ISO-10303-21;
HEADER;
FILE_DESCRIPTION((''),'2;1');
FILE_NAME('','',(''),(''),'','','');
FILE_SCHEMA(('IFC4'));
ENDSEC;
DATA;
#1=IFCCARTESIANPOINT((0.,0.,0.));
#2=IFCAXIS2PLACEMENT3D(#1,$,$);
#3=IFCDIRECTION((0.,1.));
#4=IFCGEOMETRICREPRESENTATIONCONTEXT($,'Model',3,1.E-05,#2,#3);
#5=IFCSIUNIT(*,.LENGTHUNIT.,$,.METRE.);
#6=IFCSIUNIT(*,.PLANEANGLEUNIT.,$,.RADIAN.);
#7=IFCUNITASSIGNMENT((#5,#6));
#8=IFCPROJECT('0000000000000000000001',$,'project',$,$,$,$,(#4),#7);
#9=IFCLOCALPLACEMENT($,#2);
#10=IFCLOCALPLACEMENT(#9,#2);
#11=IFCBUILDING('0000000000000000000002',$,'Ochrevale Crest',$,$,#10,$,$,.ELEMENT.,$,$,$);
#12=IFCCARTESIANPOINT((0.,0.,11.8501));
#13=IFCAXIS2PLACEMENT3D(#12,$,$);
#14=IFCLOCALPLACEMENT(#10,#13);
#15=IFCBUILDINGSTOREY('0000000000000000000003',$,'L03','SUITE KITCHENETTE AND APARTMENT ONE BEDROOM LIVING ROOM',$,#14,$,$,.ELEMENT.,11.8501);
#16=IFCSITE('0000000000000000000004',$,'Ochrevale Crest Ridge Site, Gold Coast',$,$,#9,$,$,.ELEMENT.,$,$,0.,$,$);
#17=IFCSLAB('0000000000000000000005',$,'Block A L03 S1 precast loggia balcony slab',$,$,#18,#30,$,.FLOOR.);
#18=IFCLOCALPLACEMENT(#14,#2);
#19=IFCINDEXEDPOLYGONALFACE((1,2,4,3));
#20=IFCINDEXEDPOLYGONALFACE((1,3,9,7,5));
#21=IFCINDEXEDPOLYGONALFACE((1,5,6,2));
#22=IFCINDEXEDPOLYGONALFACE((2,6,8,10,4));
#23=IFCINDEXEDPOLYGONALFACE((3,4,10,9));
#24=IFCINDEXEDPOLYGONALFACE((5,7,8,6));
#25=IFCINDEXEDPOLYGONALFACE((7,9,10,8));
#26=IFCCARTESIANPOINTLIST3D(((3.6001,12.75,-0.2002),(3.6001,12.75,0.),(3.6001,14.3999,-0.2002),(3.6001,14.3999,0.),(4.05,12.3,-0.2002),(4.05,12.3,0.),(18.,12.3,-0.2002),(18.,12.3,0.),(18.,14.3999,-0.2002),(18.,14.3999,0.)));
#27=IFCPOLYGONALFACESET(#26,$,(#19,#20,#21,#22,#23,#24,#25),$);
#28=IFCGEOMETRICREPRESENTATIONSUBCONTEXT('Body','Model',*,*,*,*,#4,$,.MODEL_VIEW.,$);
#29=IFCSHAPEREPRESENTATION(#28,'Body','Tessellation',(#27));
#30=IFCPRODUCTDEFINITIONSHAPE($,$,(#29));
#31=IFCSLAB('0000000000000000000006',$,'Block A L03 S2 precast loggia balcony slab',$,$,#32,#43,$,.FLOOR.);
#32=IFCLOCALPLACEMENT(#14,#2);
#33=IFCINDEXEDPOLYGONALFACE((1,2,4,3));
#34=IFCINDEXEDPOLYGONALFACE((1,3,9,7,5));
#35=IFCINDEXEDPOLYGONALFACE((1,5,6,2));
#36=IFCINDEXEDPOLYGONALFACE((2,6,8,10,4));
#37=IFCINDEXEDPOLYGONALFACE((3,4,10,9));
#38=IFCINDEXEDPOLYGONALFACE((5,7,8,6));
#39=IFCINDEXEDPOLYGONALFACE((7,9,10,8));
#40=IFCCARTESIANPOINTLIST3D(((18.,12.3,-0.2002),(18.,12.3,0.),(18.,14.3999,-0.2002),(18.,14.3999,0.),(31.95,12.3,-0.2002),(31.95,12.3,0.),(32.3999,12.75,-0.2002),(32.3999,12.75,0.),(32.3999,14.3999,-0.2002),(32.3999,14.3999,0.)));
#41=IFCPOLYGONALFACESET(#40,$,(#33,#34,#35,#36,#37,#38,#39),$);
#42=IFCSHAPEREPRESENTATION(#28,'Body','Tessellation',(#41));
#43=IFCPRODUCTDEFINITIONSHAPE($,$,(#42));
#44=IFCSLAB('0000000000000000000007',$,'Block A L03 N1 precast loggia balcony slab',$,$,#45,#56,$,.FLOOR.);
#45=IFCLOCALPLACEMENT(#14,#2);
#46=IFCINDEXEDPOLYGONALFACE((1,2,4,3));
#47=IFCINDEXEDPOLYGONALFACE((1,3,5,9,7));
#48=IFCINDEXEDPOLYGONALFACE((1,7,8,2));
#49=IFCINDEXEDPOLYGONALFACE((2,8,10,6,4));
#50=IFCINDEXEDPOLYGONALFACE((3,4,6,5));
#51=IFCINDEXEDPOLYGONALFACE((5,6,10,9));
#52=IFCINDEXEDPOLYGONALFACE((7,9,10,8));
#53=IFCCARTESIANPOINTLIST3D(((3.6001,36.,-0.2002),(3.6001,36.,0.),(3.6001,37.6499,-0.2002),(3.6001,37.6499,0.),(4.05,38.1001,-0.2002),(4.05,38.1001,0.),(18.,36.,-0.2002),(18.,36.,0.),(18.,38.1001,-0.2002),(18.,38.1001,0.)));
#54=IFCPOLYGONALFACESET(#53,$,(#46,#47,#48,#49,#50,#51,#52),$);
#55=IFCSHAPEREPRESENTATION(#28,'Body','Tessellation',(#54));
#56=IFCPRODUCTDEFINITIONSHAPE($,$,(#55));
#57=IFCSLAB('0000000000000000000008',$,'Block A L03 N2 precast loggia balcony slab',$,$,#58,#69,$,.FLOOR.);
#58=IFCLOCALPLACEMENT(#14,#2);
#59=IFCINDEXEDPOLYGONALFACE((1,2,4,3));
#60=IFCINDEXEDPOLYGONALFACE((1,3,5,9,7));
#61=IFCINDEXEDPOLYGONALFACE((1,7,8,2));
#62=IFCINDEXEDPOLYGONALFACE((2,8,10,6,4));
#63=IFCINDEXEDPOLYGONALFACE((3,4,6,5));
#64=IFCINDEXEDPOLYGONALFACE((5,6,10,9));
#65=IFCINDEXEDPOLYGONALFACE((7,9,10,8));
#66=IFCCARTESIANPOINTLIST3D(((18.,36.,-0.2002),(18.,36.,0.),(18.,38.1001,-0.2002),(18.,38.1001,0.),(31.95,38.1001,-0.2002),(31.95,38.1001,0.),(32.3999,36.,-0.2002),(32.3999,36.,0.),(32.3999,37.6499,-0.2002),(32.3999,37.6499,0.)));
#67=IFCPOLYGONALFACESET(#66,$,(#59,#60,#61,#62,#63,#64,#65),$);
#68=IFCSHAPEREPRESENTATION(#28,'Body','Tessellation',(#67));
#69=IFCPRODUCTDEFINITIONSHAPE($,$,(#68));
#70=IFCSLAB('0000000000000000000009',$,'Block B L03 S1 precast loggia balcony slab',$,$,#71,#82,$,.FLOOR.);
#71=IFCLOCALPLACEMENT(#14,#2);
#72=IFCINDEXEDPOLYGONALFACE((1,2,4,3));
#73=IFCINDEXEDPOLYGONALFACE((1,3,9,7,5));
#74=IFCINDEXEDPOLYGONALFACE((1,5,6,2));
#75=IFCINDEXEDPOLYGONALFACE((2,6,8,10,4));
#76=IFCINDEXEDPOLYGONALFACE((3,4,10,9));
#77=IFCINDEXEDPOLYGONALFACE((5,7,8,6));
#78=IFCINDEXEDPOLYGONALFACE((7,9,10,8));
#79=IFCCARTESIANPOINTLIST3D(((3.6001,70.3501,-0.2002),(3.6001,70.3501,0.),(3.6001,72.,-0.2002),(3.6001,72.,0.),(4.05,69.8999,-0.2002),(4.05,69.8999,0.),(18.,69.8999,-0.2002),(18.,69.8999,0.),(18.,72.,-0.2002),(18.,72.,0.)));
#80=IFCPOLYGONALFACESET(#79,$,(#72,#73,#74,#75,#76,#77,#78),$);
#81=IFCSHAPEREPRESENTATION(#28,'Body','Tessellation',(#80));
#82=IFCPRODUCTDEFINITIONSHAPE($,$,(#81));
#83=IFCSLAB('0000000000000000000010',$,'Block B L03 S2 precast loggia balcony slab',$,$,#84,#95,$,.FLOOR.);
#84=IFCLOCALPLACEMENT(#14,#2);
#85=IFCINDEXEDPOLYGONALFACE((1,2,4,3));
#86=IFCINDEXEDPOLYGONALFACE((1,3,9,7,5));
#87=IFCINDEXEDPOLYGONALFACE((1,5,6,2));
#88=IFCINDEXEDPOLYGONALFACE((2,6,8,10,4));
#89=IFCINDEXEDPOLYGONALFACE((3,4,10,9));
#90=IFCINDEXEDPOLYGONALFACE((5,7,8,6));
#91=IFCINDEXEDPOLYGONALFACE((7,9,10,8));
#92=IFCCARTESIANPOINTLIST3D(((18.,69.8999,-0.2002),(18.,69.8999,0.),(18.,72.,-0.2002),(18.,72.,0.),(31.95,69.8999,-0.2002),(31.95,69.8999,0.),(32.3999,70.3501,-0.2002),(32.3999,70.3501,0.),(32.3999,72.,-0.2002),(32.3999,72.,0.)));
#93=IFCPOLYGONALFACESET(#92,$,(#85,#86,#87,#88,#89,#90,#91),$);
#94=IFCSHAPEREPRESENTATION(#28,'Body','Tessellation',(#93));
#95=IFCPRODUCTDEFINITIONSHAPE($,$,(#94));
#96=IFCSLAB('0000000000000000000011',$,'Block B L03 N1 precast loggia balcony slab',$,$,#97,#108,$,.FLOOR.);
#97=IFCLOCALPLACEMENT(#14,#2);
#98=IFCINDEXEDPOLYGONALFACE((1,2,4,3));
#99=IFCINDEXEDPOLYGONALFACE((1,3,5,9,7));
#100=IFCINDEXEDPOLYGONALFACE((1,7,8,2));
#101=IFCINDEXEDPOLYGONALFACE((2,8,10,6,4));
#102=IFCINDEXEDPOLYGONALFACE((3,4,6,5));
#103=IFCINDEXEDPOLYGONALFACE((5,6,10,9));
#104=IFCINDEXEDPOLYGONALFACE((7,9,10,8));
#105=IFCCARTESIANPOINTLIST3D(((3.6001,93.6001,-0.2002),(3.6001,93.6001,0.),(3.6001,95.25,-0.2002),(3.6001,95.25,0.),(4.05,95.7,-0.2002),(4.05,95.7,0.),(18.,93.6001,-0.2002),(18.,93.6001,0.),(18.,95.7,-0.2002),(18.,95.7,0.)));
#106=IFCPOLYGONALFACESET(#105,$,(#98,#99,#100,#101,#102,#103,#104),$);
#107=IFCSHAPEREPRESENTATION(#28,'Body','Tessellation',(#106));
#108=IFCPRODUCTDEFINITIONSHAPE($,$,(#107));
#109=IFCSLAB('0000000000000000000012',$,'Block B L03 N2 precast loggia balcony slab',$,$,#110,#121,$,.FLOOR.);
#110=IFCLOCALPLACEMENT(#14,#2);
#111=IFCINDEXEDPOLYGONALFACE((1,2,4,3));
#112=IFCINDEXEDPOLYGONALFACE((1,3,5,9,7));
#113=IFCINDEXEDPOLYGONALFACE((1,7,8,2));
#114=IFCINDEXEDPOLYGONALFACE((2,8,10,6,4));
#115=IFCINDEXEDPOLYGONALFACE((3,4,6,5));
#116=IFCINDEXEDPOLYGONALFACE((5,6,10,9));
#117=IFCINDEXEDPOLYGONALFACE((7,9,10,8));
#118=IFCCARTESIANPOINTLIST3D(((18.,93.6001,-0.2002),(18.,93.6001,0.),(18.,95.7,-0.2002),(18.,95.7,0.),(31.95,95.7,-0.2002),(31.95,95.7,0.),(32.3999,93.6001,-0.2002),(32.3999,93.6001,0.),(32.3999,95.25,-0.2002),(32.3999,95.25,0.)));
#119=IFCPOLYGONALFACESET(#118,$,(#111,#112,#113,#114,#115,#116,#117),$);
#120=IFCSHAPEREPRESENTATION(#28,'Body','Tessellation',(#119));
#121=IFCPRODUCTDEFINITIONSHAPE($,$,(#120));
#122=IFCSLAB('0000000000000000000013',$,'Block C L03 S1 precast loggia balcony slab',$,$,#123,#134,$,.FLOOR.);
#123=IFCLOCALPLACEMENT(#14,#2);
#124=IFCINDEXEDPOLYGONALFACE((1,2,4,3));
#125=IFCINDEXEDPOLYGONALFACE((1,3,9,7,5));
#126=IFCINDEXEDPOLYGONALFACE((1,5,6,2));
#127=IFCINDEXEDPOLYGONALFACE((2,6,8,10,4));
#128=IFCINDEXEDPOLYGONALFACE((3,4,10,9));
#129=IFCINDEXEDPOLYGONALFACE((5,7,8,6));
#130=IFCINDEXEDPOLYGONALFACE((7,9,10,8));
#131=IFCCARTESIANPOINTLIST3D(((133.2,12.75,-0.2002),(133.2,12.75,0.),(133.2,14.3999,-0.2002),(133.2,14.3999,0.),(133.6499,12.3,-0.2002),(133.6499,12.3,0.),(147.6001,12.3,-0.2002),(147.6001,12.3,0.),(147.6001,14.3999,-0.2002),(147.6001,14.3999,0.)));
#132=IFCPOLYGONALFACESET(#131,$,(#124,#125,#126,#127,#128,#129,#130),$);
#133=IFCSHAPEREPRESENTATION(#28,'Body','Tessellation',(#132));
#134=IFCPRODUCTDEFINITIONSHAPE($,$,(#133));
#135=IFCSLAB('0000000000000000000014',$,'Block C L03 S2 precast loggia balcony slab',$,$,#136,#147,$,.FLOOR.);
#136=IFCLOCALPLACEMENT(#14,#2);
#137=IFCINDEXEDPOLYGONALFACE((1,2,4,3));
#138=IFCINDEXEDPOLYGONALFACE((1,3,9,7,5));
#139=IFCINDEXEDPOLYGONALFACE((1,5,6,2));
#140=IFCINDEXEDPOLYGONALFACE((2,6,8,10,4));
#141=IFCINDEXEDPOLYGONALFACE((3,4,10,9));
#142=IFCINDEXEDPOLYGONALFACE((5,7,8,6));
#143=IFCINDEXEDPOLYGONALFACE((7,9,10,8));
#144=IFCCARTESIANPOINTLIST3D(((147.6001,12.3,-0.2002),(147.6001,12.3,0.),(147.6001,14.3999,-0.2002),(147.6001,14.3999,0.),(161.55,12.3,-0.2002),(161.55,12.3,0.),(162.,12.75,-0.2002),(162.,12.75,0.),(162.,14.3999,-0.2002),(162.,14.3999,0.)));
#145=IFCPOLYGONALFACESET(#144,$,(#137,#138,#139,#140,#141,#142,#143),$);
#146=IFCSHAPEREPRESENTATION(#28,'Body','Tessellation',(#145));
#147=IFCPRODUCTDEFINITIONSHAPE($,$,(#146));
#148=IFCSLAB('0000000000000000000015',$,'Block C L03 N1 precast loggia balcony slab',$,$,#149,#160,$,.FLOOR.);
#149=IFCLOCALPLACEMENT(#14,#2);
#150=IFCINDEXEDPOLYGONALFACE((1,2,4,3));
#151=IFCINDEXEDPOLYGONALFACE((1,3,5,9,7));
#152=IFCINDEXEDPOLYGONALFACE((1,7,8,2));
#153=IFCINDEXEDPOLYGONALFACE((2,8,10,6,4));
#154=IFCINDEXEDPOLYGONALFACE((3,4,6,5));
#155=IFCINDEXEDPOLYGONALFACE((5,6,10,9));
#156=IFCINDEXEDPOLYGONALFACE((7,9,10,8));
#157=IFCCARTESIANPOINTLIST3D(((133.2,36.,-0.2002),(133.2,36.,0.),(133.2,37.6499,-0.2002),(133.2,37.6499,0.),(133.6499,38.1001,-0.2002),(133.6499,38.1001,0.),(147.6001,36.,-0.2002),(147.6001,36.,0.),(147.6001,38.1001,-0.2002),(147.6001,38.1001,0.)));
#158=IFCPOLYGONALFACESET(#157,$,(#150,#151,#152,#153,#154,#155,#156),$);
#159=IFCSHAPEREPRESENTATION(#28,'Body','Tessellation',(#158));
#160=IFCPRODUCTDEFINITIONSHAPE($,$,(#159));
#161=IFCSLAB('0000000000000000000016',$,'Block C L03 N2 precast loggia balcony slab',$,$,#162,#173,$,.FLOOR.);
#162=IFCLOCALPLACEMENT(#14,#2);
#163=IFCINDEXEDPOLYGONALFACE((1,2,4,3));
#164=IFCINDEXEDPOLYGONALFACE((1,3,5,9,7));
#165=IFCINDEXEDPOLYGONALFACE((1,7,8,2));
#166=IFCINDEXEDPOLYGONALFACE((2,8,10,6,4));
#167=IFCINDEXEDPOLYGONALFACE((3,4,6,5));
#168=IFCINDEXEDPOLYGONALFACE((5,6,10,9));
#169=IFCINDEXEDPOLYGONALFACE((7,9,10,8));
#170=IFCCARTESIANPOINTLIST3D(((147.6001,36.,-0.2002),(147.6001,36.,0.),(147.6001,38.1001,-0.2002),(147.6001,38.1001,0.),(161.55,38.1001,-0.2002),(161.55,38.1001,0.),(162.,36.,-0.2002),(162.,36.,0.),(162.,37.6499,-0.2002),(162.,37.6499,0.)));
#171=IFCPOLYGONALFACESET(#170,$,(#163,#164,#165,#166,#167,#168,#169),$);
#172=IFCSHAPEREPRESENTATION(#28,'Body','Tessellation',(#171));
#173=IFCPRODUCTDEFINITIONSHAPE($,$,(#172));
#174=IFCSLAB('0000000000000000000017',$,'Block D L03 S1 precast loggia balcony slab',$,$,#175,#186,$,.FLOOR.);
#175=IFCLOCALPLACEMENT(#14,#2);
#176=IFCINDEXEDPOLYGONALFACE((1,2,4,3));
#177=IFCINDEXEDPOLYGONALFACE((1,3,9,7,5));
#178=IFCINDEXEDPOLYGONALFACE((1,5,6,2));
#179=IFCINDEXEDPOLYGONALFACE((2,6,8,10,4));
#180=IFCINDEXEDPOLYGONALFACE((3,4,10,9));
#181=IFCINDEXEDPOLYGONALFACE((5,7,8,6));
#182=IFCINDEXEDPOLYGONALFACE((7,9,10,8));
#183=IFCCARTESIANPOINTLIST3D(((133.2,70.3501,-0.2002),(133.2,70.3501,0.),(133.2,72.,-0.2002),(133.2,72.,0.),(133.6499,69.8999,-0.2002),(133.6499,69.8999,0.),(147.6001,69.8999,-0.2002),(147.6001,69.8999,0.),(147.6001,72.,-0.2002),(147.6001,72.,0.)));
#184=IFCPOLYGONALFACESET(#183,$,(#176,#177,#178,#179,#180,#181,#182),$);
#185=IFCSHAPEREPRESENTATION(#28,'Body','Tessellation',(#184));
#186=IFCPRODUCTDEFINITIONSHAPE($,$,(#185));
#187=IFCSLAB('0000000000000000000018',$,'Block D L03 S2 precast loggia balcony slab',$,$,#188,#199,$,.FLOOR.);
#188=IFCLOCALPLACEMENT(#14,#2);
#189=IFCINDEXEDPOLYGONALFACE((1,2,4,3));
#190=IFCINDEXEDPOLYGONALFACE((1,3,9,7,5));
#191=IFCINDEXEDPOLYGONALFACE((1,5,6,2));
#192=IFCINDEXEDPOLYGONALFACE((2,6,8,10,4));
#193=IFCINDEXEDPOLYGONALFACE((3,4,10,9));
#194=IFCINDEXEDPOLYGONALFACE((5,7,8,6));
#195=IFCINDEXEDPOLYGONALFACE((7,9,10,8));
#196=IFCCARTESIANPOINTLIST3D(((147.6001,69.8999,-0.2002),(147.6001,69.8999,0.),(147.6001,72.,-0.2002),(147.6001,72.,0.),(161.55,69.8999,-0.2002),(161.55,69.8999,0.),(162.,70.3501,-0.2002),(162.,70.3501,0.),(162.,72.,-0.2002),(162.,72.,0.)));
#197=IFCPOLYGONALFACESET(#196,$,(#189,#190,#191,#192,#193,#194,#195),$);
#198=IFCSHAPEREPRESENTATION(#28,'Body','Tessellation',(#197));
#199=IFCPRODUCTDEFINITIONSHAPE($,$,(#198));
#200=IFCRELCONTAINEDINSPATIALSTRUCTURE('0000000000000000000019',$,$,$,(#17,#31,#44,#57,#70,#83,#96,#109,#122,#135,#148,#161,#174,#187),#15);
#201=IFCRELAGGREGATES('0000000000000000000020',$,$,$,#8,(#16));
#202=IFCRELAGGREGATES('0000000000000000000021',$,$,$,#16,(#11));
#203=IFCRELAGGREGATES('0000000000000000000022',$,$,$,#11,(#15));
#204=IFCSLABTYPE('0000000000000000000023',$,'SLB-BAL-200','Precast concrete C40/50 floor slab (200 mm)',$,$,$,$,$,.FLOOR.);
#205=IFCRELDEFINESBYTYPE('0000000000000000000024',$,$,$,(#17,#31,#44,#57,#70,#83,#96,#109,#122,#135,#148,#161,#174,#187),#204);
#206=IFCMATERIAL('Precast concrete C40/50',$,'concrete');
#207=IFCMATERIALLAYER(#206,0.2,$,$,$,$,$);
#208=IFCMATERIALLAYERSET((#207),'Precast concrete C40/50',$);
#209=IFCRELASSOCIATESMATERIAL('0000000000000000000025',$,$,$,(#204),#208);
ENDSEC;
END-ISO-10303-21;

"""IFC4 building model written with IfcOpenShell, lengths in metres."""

from ifc_helpers import new_model, si_unit, direction, frame, origin, place, context, subcontext, project, spatial, polyline, outline, extrude, material, layer, layer_set, type_object, element, save


model = new_model("IFC4")

# Units and contexts
model_context = context("Model", 3, precision=1e-05, world=origin(), true_north=direction((0.0, 1.0)))
body_context = subcontext(model_context, "Body", "Model", "MODEL_VIEW")
ifc_project = project(units=[si_unit("LENGTHUNIT", "METRE"), si_unit("PLANEANGLEUNIT", "RADIAN")], contexts=[model_context])

# Site, building, storey
site_placement = place(None, origin())
site = spatial("IfcSite", under=ifc_project, at=site_placement, Name="Ochrevale Crest Ridge Site, Gold Coast", CompositionType="ELEMENT", RefElevation=0.0)
building_placement = place(site_placement, origin())
building = spatial("IfcBuilding", under=site, at=building_placement, Name="Ochrevale Crest", CompositionType="ELEMENT")
storey_placement = place(building_placement, frame((0.0, 0.0, 11.8501)))
storey = spatial("IfcBuildingStorey", under=building, at=storey_placement, Name="L03", Description="SUITE KITCHENETTE AND APARTMENT ONE BEDROOM LIVING ROOM", CompositionType="ELEMENT", Elevation=11.8501)

# Slabs
ifc_material_1 = material(Name="Precast concrete C40/50", Category="concrete")
ifc_layer_1 = layer(ifc_material_1, 0.2)
ifc_layer_set_1 = layer_set([ifc_layer_1], Name="Precast concrete C40/50")
slab_type_1 = type_object("IfcSlabType", Name="SLB-BAL-200", Description="Precast concrete C40/50 floor slab (200 mm)", PredefinedType="FLOOR", material=ifc_layer_set_1)
slab_1_placement = place(storey_placement, frame((0.0, 0.0, -0.2002)))
element("IfcSlab", 1, at=slab_1_placement, inside=storey, type_object=slab_type_1, Name="Block A L03 S1 precast loggia balcony slab", PredefinedType="FLOOR", context=body_context, shape_type="SweptSolid", body=[
    extrude(outline(polyline([(4.05, 12.3), (18.0, 12.3), (18.0, 14.3999), (3.6001, 14.3999), (3.6001, 12.75), (4.05, 12.3)])), origin(), (0.0, 0.0, 1.0), 0.2002),
])
slab_2_placement = place(storey_placement, frame((0.0, 0.0, -0.2002)))
element("IfcSlab", 2, at=slab_2_placement, inside=storey, type_object=slab_type_1, Name="Block A L03 S2 precast loggia balcony slab", PredefinedType="FLOOR", context=body_context, shape_type="SweptSolid", body=[
    extrude(outline(polyline([(18.0, 12.3), (31.95, 12.3), (32.3999, 12.75), (32.3999, 14.3999), (18.0, 14.3999), (18.0, 12.3)])), origin(), (0.0, 0.0, 1.0), 0.2002),
])
slab_3_placement = place(storey_placement, frame((0.0, 0.0, -0.2002)))
element("IfcSlab", 3, at=slab_3_placement, inside=storey, type_object=slab_type_1, Name="Block A L03 N1 precast loggia balcony slab", PredefinedType="FLOOR", context=body_context, shape_type="SweptSolid", body=[
    extrude(outline(polyline([(3.6001, 36.0), (18.0, 36.0), (18.0, 38.1001), (4.05, 38.1001), (3.6001, 37.6499), (3.6001, 36.0)])), origin(), (0.0, 0.0, 1.0), 0.2002),
])
slab_4_placement = place(storey_placement, frame((0.0, 0.0, -0.2002)))
element("IfcSlab", 4, at=slab_4_placement, inside=storey, type_object=slab_type_1, Name="Block A L03 N2 precast loggia balcony slab", PredefinedType="FLOOR", context=body_context, shape_type="SweptSolid", body=[
    extrude(outline(polyline([(18.0, 36.0), (32.3999, 36.0), (32.3999, 37.6499), (31.95, 38.1001), (18.0, 38.1001), (18.0, 36.0)])), origin(), (0.0, 0.0, 1.0), 0.2002),
])
slab_5_placement = place(storey_placement, frame((0.0, 0.0, -0.2002)))
element("IfcSlab", 5, at=slab_5_placement, inside=storey, type_object=slab_type_1, Name="Block B L03 S1 precast loggia balcony slab", PredefinedType="FLOOR", context=body_context, shape_type="SweptSolid", body=[
    extrude(outline(polyline([(4.05, 69.8999), (18.0, 69.8999), (18.0, 72.0), (3.6001, 72.0), (3.6001, 70.3501), (4.05, 69.8999)])), origin(), (0.0, 0.0, 1.0), 0.2002),
])
slab_6_placement = place(storey_placement, frame((0.0, 0.0, -0.2002)))
element("IfcSlab", 6, at=slab_6_placement, inside=storey, type_object=slab_type_1, Name="Block B L03 S2 precast loggia balcony slab", PredefinedType="FLOOR", context=body_context, shape_type="SweptSolid", body=[
    extrude(outline(polyline([(18.0, 69.8999), (31.95, 69.8999), (32.3999, 70.3501), (32.3999, 72.0), (18.0, 72.0), (18.0, 69.8999)])), origin(), (0.0, 0.0, 1.0), 0.2002),
])
slab_7_placement = place(storey_placement, frame((0.0, 0.0, -0.2002)))
element("IfcSlab", 7, at=slab_7_placement, inside=storey, type_object=slab_type_1, Name="Block B L03 N1 precast loggia balcony slab", PredefinedType="FLOOR", context=body_context, shape_type="SweptSolid", body=[
    extrude(outline(polyline([(3.6001, 93.6001), (18.0, 93.6001), (18.0, 95.7), (4.05, 95.7), (3.6001, 95.25), (3.6001, 93.6001)])), origin(), (0.0, 0.0, 1.0), 0.2002),
])
slab_8_placement = place(storey_placement, frame((0.0, 0.0, -0.2002)))
element("IfcSlab", 8, at=slab_8_placement, inside=storey, type_object=slab_type_1, Name="Block B L03 N2 precast loggia balcony slab", PredefinedType="FLOOR", context=body_context, shape_type="SweptSolid", body=[
    extrude(outline(polyline([(18.0, 93.6001), (32.3999, 93.6001), (32.3999, 95.25), (31.95, 95.7), (18.0, 95.7), (18.0, 93.6001)])), origin(), (0.0, 0.0, 1.0), 0.2002),
])
slab_9_placement = place(storey_placement, frame((0.0, 0.0, -0.2002)))
element("IfcSlab", 9, at=slab_9_placement, inside=storey, type_object=slab_type_1, Name="Block C L03 S1 precast loggia balcony slab", PredefinedType="FLOOR", context=body_context, shape_type="SweptSolid", body=[
    extrude(outline(polyline([(133.6499, 12.3), (147.6001, 12.3), (147.6001, 14.3999), (133.2, 14.3999), (133.2, 12.75), (133.6499, 12.3)])), origin(), (0.0, 0.0, 1.0), 0.2002),
])
slab_10_placement = place(storey_placement, frame((0.0, 0.0, -0.2002)))
element("IfcSlab", 10, at=slab_10_placement, inside=storey, type_object=slab_type_1, Name="Block C L03 S2 precast loggia balcony slab", PredefinedType="FLOOR", context=body_context, shape_type="SweptSolid", body=[
    extrude(outline(polyline([(147.6001, 12.3), (161.55, 12.3), (162.0, 12.75), (162.0, 14.3999), (147.6001, 14.3999), (147.6001, 12.3)])), origin(), (0.0, 0.0, 1.0), 0.2002),
])
slab_11_placement = place(storey_placement, frame((0.0, 0.0, -0.2002)))
element("IfcSlab", 11, at=slab_11_placement, inside=storey, type_object=slab_type_1, Name="Block C L03 N1 precast loggia balcony slab", PredefinedType="FLOOR", context=body_context, shape_type="SweptSolid", body=[
    extrude(outline(polyline([(133.2, 36.0), (147.6001, 36.0), (147.6001, 38.1001), (133.6499, 38.1001), (133.2, 37.6499), (133.2, 36.0)])), origin(), (0.0, 0.0, 1.0), 0.2002),
])
slab_12_placement = place(storey_placement, frame((0.0, 0.0, -0.2002)))
element("IfcSlab", 12, at=slab_12_placement, inside=storey, type_object=slab_type_1, Name="Block C L03 N2 precast loggia balcony slab", PredefinedType="FLOOR", context=body_context, shape_type="SweptSolid", body=[
    extrude(outline(polyline([(147.6001, 36.0), (162.0, 36.0), (162.0, 37.6499), (161.55, 38.1001), (147.6001, 38.1001), (147.6001, 36.0)])), origin(), (0.0, 0.0, 1.0), 0.2002),
])
slab_13_placement = place(storey_placement, frame((0.0, 0.0, -0.2002)))
element("IfcSlab", 13, at=slab_13_placement, inside=storey, type_object=slab_type_1, Name="Block D L03 S1 precast loggia balcony slab", PredefinedType="FLOOR", context=body_context, shape_type="SweptSolid", body=[
    extrude(outline(polyline([(133.6499, 69.8999), (147.6001, 69.8999), (147.6001, 72.0), (133.2, 72.0), (133.2, 70.3501), (133.6499, 69.8999)])), origin(), (0.0, 0.0, 1.0), 0.2002),
])
slab_14_placement = place(storey_placement, frame((0.0, 0.0, -0.2002)))
element("IfcSlab", 14, at=slab_14_placement, inside=storey, type_object=slab_type_1, Name="Block D L03 S2 precast loggia balcony slab", PredefinedType="FLOOR", context=body_context, shape_type="SweptSolid", body=[
    extrude(outline(polyline([(147.6001, 69.8999), (161.55, 69.8999), (162.0, 70.3501), (162.0, 72.0), (147.6001, 72.0), (147.6001, 69.8999)])), origin(), (0.0, 0.0, 1.0), 0.2002),
])

save(model, "model.ifc")
